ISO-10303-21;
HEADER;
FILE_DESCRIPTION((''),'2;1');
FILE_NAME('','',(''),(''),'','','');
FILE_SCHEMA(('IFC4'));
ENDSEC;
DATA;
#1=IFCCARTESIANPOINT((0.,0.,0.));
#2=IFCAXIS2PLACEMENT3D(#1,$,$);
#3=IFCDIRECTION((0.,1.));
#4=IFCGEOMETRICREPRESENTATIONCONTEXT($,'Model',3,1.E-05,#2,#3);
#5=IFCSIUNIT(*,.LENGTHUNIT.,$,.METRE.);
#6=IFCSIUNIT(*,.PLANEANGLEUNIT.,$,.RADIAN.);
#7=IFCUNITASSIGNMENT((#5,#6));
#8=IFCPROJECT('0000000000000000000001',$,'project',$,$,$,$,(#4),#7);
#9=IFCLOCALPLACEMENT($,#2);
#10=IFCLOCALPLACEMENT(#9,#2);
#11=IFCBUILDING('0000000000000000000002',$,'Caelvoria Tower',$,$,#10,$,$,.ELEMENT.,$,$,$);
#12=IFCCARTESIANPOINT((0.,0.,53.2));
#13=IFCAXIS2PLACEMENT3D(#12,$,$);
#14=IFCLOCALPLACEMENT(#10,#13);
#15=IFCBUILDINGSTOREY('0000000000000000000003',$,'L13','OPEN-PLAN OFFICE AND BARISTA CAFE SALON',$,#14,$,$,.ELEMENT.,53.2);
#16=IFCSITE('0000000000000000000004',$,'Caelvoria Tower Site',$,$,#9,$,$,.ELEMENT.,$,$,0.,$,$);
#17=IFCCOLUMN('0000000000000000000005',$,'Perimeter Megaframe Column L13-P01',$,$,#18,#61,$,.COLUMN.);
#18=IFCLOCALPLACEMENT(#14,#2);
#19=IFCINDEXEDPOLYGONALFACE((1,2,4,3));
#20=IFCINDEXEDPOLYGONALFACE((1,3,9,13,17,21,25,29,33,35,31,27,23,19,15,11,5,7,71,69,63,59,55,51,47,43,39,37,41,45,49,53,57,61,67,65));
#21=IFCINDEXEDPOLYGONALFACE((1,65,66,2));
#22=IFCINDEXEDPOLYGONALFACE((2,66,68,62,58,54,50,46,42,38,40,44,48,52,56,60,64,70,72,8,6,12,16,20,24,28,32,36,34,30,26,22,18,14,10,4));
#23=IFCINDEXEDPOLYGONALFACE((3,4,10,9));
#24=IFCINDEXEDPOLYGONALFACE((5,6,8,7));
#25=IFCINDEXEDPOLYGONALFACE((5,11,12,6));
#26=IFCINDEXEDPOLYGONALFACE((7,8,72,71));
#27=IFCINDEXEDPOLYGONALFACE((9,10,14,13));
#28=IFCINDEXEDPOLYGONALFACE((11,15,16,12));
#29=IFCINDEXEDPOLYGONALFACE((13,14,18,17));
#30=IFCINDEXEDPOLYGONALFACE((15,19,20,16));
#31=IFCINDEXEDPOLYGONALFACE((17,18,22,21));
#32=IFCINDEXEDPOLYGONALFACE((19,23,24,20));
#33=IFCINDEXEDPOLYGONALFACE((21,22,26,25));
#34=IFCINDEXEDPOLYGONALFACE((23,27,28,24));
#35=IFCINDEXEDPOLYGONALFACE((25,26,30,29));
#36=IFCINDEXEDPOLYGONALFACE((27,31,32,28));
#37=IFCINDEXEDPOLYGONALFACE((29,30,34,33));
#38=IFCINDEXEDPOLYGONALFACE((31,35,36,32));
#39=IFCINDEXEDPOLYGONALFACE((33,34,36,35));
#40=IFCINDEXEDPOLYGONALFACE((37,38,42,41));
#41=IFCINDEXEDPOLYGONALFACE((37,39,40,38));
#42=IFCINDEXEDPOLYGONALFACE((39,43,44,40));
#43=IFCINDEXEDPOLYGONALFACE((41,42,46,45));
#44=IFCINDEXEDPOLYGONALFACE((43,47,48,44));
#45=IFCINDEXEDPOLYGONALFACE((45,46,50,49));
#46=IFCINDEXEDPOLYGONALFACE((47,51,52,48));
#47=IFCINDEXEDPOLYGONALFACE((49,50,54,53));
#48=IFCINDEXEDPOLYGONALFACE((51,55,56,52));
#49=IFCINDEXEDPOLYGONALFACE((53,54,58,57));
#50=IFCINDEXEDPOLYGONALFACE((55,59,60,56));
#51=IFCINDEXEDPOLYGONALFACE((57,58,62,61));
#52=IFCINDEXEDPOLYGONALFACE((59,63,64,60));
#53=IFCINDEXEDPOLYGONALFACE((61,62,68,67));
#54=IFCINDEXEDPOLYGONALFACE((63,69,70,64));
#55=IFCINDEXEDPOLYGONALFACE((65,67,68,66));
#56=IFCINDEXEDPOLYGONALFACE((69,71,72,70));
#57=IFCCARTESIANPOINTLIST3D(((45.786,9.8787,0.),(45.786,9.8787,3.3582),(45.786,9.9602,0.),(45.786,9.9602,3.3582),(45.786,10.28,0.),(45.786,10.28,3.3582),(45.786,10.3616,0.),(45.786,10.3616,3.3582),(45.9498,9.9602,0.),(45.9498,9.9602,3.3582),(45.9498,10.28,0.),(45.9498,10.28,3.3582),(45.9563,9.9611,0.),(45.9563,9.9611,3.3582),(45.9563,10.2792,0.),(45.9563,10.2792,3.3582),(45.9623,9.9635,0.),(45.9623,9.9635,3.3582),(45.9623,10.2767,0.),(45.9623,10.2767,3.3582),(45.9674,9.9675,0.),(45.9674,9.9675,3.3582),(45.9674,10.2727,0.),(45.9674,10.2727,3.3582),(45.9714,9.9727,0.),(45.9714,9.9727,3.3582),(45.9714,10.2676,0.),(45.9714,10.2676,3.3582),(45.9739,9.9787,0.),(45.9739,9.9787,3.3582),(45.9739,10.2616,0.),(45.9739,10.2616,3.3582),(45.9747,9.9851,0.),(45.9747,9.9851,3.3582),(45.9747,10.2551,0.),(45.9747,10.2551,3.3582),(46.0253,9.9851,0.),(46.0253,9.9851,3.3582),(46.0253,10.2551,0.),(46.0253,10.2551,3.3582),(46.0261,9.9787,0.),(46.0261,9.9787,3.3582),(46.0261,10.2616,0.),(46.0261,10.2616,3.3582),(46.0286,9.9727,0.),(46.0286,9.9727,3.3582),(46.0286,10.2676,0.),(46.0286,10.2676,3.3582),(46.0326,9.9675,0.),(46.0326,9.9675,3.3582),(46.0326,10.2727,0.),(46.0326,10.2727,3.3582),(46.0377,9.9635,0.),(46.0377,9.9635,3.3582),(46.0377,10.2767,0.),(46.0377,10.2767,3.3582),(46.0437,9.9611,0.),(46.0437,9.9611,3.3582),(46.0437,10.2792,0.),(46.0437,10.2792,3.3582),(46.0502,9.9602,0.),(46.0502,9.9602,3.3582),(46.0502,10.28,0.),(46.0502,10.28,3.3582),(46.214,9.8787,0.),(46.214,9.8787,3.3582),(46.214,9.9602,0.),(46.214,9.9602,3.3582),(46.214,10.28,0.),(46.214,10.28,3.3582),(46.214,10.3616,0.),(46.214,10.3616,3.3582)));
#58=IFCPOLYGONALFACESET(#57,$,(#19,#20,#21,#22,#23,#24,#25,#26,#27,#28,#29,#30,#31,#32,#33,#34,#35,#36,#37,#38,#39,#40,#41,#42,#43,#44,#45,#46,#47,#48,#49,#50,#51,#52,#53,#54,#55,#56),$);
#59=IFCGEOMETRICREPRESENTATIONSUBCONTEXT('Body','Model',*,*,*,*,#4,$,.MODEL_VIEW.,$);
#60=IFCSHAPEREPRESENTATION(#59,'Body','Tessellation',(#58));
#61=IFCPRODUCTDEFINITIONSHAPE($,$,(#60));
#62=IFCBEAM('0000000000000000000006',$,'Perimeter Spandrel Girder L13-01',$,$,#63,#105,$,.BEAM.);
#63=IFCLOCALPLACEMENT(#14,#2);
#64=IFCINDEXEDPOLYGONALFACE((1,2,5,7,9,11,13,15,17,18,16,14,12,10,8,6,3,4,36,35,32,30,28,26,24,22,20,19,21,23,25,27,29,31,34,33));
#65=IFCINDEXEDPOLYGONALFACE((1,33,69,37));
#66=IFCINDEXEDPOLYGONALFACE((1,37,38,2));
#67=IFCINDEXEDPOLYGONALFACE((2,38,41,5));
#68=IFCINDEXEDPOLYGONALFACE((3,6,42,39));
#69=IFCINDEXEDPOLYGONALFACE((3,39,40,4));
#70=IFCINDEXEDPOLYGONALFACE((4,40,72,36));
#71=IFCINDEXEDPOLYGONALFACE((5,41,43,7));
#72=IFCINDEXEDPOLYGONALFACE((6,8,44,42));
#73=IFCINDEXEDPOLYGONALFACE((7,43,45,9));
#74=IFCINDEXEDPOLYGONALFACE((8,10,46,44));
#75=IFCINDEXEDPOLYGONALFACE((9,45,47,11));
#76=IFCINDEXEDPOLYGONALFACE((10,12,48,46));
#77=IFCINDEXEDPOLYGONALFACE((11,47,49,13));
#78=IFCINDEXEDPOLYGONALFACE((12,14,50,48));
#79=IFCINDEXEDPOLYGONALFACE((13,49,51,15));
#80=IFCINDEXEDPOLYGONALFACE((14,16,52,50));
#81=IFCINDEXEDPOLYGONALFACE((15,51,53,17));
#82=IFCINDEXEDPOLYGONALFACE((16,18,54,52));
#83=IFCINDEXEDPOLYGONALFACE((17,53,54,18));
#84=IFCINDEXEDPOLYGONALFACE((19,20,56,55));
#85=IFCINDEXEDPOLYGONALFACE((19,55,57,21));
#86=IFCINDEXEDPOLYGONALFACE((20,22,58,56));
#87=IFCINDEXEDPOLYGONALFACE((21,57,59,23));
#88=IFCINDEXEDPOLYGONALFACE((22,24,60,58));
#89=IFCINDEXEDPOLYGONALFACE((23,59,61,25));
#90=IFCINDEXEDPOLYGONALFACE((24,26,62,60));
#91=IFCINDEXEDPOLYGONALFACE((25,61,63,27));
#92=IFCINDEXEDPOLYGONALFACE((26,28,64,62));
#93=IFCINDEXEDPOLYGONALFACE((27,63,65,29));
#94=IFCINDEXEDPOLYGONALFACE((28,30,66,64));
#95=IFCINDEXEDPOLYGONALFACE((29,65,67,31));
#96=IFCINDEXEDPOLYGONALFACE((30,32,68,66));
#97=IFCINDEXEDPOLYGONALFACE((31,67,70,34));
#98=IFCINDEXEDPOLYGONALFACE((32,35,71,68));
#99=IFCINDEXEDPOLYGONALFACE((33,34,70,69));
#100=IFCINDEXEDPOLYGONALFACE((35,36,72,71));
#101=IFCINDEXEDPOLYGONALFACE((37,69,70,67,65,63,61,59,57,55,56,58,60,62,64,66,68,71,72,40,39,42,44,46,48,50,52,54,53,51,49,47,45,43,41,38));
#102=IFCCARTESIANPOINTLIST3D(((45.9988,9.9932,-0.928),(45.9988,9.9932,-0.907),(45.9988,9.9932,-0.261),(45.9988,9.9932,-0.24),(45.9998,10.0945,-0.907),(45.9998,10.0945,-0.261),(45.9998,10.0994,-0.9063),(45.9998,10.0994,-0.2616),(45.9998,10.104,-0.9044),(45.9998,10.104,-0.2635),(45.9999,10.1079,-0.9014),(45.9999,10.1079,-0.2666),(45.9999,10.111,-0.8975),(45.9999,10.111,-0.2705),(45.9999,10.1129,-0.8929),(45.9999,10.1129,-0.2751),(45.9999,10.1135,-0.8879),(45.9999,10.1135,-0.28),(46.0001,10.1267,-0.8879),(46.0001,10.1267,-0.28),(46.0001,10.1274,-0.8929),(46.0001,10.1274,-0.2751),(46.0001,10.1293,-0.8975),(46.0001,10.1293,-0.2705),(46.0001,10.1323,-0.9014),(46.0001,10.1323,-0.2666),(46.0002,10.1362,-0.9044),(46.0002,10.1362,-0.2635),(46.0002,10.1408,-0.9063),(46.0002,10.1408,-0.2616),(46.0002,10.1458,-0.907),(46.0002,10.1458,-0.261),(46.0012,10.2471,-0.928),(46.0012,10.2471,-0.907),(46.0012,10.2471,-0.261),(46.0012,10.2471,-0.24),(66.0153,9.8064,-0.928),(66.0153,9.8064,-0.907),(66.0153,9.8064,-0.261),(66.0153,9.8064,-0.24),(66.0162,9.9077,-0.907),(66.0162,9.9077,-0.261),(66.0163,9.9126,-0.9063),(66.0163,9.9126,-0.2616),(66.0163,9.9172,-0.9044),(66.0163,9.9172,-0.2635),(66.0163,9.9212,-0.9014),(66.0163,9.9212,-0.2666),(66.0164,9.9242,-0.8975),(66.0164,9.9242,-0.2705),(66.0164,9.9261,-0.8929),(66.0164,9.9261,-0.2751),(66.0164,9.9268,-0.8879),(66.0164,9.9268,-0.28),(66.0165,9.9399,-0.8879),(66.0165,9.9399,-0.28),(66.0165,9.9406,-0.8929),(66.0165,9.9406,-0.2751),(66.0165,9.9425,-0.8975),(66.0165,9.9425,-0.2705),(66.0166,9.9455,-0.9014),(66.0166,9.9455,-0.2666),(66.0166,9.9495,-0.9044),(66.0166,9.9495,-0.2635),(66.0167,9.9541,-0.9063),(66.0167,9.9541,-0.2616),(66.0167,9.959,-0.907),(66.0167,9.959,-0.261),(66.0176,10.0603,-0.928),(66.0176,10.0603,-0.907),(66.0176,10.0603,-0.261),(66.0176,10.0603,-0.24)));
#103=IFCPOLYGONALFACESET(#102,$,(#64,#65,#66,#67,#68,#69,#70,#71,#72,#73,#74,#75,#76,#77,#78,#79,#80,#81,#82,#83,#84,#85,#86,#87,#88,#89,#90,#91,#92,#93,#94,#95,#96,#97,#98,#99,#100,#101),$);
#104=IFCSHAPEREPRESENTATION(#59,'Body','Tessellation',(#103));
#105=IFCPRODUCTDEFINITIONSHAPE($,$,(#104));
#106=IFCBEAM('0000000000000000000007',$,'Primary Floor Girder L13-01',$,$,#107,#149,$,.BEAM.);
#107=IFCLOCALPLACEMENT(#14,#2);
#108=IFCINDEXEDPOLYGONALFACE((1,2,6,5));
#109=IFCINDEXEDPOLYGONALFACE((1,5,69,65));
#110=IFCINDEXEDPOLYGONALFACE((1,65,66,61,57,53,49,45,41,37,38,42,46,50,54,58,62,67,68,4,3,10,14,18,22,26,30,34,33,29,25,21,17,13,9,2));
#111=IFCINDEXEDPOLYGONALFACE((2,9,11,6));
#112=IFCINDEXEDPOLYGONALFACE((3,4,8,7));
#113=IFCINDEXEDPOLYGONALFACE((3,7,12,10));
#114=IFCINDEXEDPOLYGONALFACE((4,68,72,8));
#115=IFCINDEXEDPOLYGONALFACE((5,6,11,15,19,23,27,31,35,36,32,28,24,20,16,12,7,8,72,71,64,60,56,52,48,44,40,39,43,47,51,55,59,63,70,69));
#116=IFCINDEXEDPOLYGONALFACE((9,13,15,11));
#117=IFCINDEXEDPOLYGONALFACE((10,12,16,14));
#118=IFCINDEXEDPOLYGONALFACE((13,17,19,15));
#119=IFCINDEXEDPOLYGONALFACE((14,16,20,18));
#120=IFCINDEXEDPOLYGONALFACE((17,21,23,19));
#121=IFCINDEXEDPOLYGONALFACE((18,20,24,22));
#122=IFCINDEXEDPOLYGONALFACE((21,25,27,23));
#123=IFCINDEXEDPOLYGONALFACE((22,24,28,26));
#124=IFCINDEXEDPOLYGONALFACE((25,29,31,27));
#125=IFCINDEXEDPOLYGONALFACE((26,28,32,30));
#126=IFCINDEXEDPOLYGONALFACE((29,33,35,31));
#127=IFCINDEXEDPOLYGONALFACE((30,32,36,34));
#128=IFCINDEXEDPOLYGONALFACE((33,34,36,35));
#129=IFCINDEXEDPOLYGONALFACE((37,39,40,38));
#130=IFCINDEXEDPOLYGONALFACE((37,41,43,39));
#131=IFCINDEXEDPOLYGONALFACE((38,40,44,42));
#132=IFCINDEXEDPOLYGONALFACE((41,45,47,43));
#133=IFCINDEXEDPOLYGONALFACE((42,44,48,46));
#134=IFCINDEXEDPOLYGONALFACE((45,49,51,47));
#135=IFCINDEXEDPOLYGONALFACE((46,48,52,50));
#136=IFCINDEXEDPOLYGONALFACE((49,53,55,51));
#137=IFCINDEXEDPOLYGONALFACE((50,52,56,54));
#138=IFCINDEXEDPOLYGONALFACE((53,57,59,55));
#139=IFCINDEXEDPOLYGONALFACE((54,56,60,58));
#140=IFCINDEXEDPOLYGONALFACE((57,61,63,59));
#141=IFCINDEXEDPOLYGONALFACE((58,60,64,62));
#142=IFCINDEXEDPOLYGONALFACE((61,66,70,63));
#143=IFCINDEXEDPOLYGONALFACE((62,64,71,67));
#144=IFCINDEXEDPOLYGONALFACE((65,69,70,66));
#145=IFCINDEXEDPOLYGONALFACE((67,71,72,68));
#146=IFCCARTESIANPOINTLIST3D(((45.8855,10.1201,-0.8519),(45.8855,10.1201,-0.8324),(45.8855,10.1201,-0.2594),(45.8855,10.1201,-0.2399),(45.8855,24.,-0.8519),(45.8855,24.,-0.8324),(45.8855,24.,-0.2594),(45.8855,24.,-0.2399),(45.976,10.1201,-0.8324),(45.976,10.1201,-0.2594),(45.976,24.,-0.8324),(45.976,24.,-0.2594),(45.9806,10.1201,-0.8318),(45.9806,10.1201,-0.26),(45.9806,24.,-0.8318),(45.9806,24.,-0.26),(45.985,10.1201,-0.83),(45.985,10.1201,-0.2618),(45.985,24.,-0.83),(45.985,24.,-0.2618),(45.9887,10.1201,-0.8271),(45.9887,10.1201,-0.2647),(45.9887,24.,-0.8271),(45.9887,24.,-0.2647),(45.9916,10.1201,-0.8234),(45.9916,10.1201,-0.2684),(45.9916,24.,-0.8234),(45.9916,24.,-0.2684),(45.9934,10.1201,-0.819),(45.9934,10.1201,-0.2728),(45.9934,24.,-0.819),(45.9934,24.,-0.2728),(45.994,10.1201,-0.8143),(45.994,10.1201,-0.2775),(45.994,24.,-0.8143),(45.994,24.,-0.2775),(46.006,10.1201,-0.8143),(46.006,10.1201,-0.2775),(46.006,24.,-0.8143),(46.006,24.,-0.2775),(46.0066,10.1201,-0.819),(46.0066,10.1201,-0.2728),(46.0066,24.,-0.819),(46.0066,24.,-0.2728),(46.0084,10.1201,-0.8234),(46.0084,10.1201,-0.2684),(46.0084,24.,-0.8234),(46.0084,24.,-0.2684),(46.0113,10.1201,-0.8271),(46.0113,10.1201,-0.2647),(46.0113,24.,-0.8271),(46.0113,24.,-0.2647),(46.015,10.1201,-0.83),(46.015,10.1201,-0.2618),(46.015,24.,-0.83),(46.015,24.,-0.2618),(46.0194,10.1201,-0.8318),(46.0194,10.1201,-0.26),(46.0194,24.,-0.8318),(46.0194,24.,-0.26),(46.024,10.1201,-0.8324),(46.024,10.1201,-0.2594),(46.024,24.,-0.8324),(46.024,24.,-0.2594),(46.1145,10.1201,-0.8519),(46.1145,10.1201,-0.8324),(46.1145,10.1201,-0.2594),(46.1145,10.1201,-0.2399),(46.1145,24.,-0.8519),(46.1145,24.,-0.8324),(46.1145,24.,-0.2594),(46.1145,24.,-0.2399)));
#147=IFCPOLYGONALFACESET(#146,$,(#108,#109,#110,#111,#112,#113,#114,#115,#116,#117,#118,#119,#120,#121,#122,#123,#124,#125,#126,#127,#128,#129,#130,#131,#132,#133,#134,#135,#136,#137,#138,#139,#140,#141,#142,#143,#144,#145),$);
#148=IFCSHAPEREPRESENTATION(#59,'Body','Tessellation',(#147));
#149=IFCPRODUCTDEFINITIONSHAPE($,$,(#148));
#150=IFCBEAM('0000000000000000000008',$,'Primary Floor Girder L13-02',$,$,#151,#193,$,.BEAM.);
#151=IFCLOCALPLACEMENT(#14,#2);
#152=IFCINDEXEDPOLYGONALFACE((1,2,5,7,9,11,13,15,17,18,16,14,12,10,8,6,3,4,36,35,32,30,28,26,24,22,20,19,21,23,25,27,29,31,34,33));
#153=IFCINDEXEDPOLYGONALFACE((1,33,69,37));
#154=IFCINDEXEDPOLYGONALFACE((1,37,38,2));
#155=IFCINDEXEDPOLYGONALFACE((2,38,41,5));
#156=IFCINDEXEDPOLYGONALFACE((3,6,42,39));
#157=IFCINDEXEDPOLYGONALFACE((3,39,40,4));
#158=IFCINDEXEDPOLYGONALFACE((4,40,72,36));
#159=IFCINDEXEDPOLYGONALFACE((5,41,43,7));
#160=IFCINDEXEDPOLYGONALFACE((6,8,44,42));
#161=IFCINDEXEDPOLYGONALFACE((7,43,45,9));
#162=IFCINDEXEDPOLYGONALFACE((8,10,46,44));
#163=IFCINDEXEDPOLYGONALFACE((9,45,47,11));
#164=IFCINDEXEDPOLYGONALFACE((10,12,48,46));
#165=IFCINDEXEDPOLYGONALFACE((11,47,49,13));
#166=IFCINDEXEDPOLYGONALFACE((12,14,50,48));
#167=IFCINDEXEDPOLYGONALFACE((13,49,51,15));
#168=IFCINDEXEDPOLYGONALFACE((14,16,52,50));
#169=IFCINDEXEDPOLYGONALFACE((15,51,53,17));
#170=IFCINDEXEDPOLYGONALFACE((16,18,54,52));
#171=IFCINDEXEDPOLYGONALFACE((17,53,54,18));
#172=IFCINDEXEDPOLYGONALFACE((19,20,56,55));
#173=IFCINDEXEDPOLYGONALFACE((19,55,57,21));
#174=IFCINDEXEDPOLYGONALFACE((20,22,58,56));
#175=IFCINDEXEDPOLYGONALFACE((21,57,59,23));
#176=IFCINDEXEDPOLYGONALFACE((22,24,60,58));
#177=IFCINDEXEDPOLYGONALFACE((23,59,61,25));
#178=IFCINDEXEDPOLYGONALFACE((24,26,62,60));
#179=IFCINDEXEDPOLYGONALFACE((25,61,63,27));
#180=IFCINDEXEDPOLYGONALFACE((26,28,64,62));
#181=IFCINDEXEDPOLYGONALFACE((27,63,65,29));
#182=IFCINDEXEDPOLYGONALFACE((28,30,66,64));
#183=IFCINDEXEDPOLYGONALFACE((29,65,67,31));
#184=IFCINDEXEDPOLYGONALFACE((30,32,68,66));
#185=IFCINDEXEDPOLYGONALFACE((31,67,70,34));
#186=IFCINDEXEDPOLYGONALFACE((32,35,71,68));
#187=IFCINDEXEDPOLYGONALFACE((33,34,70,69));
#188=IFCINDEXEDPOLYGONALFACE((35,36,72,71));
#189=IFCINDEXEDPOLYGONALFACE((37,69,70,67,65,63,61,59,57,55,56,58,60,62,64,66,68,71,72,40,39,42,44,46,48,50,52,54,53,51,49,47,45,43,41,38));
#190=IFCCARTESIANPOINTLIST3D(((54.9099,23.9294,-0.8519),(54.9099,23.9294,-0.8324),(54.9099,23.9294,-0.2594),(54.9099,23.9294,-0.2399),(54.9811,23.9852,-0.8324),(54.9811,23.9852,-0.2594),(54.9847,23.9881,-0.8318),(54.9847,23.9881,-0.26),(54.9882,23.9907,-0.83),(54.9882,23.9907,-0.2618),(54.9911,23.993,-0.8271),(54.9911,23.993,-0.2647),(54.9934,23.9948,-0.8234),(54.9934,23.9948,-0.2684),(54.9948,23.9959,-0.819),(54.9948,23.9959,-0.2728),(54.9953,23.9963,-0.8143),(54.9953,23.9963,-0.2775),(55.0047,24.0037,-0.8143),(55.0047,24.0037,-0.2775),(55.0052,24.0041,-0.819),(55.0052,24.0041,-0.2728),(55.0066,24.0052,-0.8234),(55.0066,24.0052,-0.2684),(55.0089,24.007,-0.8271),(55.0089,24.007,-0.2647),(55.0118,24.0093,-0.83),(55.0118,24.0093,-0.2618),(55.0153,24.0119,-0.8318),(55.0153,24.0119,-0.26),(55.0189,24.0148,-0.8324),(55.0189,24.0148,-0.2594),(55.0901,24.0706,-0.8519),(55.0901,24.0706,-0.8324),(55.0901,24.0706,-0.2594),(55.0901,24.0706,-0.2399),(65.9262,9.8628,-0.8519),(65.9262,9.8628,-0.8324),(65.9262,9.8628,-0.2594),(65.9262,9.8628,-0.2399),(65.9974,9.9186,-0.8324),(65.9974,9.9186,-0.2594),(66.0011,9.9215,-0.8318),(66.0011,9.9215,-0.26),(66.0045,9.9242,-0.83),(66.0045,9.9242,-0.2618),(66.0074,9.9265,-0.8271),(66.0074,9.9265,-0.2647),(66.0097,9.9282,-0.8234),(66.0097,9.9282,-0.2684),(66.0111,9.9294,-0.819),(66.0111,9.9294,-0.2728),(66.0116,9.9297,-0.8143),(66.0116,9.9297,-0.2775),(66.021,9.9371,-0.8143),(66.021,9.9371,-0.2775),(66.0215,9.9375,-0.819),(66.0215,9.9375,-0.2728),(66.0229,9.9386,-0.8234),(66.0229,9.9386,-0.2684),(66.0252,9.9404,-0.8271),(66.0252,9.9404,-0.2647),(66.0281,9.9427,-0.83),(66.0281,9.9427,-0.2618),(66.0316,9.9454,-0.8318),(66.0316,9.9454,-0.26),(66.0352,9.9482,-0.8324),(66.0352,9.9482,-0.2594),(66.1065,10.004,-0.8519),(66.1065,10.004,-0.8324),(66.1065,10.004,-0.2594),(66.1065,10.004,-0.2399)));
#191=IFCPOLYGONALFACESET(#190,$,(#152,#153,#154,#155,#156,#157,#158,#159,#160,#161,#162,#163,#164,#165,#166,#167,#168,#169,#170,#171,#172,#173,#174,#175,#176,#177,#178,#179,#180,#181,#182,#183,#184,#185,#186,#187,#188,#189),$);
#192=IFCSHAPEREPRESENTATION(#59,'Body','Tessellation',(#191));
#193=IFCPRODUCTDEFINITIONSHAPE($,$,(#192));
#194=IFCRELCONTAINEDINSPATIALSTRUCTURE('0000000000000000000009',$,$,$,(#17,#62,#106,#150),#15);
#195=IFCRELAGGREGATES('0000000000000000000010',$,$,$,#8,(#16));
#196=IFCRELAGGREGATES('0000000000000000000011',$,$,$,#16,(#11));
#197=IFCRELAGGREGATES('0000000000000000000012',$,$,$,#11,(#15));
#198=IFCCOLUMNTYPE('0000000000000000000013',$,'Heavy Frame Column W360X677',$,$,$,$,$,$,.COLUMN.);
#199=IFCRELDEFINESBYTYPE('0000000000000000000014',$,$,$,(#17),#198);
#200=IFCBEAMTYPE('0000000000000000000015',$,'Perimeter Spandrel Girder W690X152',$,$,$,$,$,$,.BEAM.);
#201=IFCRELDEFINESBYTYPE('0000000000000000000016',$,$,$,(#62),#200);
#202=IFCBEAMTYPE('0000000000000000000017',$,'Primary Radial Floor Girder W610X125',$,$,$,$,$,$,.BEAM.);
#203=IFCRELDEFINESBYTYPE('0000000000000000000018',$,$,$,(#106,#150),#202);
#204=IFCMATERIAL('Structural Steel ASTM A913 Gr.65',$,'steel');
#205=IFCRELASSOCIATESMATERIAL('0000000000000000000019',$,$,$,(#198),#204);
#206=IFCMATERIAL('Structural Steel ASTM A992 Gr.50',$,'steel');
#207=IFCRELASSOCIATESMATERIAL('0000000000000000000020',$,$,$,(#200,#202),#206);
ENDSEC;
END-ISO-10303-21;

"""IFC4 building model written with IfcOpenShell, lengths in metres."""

from ifc_helpers import new_model, si_unit, direction, frame, origin, origin_2d, place, context, subcontext, project, spatial, i_section, extrude, material, material_profile, profile_set, type_object, element, save


model = new_model("IFC4")

# Units and contexts
model_context = context("Model", 3, precision=1e-05, world=origin(), true_north=direction((0.0, 1.0)))
body_context = subcontext(model_context, "Body", "Model", "MODEL_VIEW")
ifc_project = project(units=[si_unit("LENGTHUNIT", "METRE"), si_unit("PLANEANGLEUNIT", "RADIAN")], contexts=[model_context])

# Site, building, storey
site_placement = place(None, origin())
site = spatial("IfcSite", under=ifc_project, at=site_placement, Name="Caelvoria Tower Site", CompositionType="ELEMENT", RefElevation=0.0)
building_placement = place(site_placement, origin())
building = spatial("IfcBuilding", under=site, at=building_placement, Name="Caelvoria Tower", CompositionType="ELEMENT")
storey_placement = place(building_placement, frame((0.0, 0.0, 53.2)))
storey = spatial("IfcBuildingStorey", under=building, at=storey_placement, Name="L13", Description="OPEN-PLAN OFFICE AND BARISTA CAFE SALON", CompositionType="ELEMENT", Elevation=53.2)

# Column
ifc_material_1 = material(Name="Structural Steel ASTM A913 Gr.65", Category="steel")
ifc_material_profile_1 = material_profile(ifc_material_1, i_section(OverallWidth=0.428, OverallDepth=0.4829, WebThickness=0.0505, FlangeThickness=0.0815, FilletRadius=0.0249, at=origin_2d()), Name="Structural Steel ASTM A913 Gr.65")
ifc_profile_set_1 = profile_set([ifc_material_profile_1], Name="W360X677 - Structural Steel ASTM A913 Gr.65")
column_type = type_object("IfcColumnType", Name="Heavy Frame Column W360X677", PredefinedType="COLUMN", material=ifc_profile_set_1)
column_placement = place(storey_placement, frame((46.0, 10.1201, 0.0), z_axis=(0.0, 0.0, 1.0), x_axis=(1.0, 0.0, 0.0)))
element("IfcColumn", 1, at=column_placement, inside=storey, type_object=column_type, Name="Perimeter Megaframe Column L13-P01", PredefinedType="COLUMN", context=body_context, shape_type="SweptSolid", body=[
    extrude(i_section(OverallWidth=0.428, OverallDepth=0.4829, WebThickness=0.0505, FlangeThickness=0.0815, FilletRadius=0.0249, at=origin_2d()), origin(), (0.0, 0.0, 1.0), 3.3582),
])

# Beams
ifc_material_2 = material(Name="Structural Steel ASTM A992 Gr.50", Category="steel")
ifc_material_profile_2 = material_profile(ifc_material_2, i_section(OverallWidth=0.2539, OverallDepth=0.688, WebThickness=0.0132, FlangeThickness=0.021, FilletRadius=0.019, at=origin_2d()), Name="Structural Steel ASTM A992 Gr.50")
ifc_profile_set_2 = profile_set([ifc_material_profile_2], Name="W690X152 - Structural Steel ASTM A992 Gr.50")
beam_type_1 = type_object("IfcBeamType", Name="Perimeter Spandrel Girder W690X152", PredefinedType="BEAM", material=ifc_profile_set_2)
beam_1_placement = place(storey_placement, frame((46.0, 10.1201, -0.584), z_axis=(0.999956, -0.00933, 0.0), x_axis=(0.00933, 0.999956, 0.0)))
element("IfcBeam", 2, at=beam_1_placement, inside=storey, type_object=beam_type_1, Name="Perimeter Spandrel Girder L13-01", PredefinedType="BEAM", context=body_context, shape_type="SweptSolid", body=[
    extrude(i_section(OverallWidth=0.2539, OverallDepth=0.688, WebThickness=0.0132, FlangeThickness=0.021, FilletRadius=0.019, at=origin_2d()), origin(), (0.0, 0.0, 1.0), 20.0173),
])
ifc_material_profile_3 = material_profile(ifc_material_2, i_section(OverallWidth=0.229, OverallDepth=0.6121, WebThickness=0.012, FlangeThickness=0.0195, FilletRadius=0.0181, at=origin_2d()), Name="Structural Steel ASTM A992 Gr.50")
ifc_profile_set_3 = profile_set([ifc_material_profile_3], Name="W610X125 - Structural Steel ASTM A992 Gr.50")
beam_type_2 = type_object("IfcBeamType", Name="Primary Radial Floor Girder W610X125", PredefinedType="BEAM", material=ifc_profile_set_3)
beam_2_placement = place(storey_placement, frame((46.0, 24.0, -0.5459), z_axis=(0.0, -1.0, 0.0), x_axis=(1.0, 0.0, 0.0)))
element("IfcBeam", 3, at=beam_2_placement, inside=storey, type_object=beam_type_2, Name="Primary Floor Girder L13-01", PredefinedType="BEAM", context=body_context, shape_type="SweptSolid", body=[
    extrude(i_section(OverallWidth=0.229, OverallDepth=0.6121, WebThickness=0.012, FlangeThickness=0.0195, FilletRadius=0.0181, at=origin_2d()), origin(), (0.0, 0.0, 1.0), 13.8799),
])
beam_3_placement = place(storey_placement, frame((55.0, 24.0, -0.5459), z_axis=(0.616575, -0.787296, 0.0), x_axis=(0.787296, 0.616575, 0.0)))
element("IfcBeam", 4, at=beam_3_placement, inside=storey, type_object=beam_type_2, Name="Primary Floor Girder L13-02", PredefinedType="BEAM", context=body_context, shape_type="SweptSolid", body=[
    extrude(i_section(OverallWidth=0.229, OverallDepth=0.6121, WebThickness=0.012, FlangeThickness=0.0195, FilletRadius=0.0181, at=origin_2d()), origin(), (0.0, 0.0, 1.0), 17.8669),
])

save(model, "model.ifc")
